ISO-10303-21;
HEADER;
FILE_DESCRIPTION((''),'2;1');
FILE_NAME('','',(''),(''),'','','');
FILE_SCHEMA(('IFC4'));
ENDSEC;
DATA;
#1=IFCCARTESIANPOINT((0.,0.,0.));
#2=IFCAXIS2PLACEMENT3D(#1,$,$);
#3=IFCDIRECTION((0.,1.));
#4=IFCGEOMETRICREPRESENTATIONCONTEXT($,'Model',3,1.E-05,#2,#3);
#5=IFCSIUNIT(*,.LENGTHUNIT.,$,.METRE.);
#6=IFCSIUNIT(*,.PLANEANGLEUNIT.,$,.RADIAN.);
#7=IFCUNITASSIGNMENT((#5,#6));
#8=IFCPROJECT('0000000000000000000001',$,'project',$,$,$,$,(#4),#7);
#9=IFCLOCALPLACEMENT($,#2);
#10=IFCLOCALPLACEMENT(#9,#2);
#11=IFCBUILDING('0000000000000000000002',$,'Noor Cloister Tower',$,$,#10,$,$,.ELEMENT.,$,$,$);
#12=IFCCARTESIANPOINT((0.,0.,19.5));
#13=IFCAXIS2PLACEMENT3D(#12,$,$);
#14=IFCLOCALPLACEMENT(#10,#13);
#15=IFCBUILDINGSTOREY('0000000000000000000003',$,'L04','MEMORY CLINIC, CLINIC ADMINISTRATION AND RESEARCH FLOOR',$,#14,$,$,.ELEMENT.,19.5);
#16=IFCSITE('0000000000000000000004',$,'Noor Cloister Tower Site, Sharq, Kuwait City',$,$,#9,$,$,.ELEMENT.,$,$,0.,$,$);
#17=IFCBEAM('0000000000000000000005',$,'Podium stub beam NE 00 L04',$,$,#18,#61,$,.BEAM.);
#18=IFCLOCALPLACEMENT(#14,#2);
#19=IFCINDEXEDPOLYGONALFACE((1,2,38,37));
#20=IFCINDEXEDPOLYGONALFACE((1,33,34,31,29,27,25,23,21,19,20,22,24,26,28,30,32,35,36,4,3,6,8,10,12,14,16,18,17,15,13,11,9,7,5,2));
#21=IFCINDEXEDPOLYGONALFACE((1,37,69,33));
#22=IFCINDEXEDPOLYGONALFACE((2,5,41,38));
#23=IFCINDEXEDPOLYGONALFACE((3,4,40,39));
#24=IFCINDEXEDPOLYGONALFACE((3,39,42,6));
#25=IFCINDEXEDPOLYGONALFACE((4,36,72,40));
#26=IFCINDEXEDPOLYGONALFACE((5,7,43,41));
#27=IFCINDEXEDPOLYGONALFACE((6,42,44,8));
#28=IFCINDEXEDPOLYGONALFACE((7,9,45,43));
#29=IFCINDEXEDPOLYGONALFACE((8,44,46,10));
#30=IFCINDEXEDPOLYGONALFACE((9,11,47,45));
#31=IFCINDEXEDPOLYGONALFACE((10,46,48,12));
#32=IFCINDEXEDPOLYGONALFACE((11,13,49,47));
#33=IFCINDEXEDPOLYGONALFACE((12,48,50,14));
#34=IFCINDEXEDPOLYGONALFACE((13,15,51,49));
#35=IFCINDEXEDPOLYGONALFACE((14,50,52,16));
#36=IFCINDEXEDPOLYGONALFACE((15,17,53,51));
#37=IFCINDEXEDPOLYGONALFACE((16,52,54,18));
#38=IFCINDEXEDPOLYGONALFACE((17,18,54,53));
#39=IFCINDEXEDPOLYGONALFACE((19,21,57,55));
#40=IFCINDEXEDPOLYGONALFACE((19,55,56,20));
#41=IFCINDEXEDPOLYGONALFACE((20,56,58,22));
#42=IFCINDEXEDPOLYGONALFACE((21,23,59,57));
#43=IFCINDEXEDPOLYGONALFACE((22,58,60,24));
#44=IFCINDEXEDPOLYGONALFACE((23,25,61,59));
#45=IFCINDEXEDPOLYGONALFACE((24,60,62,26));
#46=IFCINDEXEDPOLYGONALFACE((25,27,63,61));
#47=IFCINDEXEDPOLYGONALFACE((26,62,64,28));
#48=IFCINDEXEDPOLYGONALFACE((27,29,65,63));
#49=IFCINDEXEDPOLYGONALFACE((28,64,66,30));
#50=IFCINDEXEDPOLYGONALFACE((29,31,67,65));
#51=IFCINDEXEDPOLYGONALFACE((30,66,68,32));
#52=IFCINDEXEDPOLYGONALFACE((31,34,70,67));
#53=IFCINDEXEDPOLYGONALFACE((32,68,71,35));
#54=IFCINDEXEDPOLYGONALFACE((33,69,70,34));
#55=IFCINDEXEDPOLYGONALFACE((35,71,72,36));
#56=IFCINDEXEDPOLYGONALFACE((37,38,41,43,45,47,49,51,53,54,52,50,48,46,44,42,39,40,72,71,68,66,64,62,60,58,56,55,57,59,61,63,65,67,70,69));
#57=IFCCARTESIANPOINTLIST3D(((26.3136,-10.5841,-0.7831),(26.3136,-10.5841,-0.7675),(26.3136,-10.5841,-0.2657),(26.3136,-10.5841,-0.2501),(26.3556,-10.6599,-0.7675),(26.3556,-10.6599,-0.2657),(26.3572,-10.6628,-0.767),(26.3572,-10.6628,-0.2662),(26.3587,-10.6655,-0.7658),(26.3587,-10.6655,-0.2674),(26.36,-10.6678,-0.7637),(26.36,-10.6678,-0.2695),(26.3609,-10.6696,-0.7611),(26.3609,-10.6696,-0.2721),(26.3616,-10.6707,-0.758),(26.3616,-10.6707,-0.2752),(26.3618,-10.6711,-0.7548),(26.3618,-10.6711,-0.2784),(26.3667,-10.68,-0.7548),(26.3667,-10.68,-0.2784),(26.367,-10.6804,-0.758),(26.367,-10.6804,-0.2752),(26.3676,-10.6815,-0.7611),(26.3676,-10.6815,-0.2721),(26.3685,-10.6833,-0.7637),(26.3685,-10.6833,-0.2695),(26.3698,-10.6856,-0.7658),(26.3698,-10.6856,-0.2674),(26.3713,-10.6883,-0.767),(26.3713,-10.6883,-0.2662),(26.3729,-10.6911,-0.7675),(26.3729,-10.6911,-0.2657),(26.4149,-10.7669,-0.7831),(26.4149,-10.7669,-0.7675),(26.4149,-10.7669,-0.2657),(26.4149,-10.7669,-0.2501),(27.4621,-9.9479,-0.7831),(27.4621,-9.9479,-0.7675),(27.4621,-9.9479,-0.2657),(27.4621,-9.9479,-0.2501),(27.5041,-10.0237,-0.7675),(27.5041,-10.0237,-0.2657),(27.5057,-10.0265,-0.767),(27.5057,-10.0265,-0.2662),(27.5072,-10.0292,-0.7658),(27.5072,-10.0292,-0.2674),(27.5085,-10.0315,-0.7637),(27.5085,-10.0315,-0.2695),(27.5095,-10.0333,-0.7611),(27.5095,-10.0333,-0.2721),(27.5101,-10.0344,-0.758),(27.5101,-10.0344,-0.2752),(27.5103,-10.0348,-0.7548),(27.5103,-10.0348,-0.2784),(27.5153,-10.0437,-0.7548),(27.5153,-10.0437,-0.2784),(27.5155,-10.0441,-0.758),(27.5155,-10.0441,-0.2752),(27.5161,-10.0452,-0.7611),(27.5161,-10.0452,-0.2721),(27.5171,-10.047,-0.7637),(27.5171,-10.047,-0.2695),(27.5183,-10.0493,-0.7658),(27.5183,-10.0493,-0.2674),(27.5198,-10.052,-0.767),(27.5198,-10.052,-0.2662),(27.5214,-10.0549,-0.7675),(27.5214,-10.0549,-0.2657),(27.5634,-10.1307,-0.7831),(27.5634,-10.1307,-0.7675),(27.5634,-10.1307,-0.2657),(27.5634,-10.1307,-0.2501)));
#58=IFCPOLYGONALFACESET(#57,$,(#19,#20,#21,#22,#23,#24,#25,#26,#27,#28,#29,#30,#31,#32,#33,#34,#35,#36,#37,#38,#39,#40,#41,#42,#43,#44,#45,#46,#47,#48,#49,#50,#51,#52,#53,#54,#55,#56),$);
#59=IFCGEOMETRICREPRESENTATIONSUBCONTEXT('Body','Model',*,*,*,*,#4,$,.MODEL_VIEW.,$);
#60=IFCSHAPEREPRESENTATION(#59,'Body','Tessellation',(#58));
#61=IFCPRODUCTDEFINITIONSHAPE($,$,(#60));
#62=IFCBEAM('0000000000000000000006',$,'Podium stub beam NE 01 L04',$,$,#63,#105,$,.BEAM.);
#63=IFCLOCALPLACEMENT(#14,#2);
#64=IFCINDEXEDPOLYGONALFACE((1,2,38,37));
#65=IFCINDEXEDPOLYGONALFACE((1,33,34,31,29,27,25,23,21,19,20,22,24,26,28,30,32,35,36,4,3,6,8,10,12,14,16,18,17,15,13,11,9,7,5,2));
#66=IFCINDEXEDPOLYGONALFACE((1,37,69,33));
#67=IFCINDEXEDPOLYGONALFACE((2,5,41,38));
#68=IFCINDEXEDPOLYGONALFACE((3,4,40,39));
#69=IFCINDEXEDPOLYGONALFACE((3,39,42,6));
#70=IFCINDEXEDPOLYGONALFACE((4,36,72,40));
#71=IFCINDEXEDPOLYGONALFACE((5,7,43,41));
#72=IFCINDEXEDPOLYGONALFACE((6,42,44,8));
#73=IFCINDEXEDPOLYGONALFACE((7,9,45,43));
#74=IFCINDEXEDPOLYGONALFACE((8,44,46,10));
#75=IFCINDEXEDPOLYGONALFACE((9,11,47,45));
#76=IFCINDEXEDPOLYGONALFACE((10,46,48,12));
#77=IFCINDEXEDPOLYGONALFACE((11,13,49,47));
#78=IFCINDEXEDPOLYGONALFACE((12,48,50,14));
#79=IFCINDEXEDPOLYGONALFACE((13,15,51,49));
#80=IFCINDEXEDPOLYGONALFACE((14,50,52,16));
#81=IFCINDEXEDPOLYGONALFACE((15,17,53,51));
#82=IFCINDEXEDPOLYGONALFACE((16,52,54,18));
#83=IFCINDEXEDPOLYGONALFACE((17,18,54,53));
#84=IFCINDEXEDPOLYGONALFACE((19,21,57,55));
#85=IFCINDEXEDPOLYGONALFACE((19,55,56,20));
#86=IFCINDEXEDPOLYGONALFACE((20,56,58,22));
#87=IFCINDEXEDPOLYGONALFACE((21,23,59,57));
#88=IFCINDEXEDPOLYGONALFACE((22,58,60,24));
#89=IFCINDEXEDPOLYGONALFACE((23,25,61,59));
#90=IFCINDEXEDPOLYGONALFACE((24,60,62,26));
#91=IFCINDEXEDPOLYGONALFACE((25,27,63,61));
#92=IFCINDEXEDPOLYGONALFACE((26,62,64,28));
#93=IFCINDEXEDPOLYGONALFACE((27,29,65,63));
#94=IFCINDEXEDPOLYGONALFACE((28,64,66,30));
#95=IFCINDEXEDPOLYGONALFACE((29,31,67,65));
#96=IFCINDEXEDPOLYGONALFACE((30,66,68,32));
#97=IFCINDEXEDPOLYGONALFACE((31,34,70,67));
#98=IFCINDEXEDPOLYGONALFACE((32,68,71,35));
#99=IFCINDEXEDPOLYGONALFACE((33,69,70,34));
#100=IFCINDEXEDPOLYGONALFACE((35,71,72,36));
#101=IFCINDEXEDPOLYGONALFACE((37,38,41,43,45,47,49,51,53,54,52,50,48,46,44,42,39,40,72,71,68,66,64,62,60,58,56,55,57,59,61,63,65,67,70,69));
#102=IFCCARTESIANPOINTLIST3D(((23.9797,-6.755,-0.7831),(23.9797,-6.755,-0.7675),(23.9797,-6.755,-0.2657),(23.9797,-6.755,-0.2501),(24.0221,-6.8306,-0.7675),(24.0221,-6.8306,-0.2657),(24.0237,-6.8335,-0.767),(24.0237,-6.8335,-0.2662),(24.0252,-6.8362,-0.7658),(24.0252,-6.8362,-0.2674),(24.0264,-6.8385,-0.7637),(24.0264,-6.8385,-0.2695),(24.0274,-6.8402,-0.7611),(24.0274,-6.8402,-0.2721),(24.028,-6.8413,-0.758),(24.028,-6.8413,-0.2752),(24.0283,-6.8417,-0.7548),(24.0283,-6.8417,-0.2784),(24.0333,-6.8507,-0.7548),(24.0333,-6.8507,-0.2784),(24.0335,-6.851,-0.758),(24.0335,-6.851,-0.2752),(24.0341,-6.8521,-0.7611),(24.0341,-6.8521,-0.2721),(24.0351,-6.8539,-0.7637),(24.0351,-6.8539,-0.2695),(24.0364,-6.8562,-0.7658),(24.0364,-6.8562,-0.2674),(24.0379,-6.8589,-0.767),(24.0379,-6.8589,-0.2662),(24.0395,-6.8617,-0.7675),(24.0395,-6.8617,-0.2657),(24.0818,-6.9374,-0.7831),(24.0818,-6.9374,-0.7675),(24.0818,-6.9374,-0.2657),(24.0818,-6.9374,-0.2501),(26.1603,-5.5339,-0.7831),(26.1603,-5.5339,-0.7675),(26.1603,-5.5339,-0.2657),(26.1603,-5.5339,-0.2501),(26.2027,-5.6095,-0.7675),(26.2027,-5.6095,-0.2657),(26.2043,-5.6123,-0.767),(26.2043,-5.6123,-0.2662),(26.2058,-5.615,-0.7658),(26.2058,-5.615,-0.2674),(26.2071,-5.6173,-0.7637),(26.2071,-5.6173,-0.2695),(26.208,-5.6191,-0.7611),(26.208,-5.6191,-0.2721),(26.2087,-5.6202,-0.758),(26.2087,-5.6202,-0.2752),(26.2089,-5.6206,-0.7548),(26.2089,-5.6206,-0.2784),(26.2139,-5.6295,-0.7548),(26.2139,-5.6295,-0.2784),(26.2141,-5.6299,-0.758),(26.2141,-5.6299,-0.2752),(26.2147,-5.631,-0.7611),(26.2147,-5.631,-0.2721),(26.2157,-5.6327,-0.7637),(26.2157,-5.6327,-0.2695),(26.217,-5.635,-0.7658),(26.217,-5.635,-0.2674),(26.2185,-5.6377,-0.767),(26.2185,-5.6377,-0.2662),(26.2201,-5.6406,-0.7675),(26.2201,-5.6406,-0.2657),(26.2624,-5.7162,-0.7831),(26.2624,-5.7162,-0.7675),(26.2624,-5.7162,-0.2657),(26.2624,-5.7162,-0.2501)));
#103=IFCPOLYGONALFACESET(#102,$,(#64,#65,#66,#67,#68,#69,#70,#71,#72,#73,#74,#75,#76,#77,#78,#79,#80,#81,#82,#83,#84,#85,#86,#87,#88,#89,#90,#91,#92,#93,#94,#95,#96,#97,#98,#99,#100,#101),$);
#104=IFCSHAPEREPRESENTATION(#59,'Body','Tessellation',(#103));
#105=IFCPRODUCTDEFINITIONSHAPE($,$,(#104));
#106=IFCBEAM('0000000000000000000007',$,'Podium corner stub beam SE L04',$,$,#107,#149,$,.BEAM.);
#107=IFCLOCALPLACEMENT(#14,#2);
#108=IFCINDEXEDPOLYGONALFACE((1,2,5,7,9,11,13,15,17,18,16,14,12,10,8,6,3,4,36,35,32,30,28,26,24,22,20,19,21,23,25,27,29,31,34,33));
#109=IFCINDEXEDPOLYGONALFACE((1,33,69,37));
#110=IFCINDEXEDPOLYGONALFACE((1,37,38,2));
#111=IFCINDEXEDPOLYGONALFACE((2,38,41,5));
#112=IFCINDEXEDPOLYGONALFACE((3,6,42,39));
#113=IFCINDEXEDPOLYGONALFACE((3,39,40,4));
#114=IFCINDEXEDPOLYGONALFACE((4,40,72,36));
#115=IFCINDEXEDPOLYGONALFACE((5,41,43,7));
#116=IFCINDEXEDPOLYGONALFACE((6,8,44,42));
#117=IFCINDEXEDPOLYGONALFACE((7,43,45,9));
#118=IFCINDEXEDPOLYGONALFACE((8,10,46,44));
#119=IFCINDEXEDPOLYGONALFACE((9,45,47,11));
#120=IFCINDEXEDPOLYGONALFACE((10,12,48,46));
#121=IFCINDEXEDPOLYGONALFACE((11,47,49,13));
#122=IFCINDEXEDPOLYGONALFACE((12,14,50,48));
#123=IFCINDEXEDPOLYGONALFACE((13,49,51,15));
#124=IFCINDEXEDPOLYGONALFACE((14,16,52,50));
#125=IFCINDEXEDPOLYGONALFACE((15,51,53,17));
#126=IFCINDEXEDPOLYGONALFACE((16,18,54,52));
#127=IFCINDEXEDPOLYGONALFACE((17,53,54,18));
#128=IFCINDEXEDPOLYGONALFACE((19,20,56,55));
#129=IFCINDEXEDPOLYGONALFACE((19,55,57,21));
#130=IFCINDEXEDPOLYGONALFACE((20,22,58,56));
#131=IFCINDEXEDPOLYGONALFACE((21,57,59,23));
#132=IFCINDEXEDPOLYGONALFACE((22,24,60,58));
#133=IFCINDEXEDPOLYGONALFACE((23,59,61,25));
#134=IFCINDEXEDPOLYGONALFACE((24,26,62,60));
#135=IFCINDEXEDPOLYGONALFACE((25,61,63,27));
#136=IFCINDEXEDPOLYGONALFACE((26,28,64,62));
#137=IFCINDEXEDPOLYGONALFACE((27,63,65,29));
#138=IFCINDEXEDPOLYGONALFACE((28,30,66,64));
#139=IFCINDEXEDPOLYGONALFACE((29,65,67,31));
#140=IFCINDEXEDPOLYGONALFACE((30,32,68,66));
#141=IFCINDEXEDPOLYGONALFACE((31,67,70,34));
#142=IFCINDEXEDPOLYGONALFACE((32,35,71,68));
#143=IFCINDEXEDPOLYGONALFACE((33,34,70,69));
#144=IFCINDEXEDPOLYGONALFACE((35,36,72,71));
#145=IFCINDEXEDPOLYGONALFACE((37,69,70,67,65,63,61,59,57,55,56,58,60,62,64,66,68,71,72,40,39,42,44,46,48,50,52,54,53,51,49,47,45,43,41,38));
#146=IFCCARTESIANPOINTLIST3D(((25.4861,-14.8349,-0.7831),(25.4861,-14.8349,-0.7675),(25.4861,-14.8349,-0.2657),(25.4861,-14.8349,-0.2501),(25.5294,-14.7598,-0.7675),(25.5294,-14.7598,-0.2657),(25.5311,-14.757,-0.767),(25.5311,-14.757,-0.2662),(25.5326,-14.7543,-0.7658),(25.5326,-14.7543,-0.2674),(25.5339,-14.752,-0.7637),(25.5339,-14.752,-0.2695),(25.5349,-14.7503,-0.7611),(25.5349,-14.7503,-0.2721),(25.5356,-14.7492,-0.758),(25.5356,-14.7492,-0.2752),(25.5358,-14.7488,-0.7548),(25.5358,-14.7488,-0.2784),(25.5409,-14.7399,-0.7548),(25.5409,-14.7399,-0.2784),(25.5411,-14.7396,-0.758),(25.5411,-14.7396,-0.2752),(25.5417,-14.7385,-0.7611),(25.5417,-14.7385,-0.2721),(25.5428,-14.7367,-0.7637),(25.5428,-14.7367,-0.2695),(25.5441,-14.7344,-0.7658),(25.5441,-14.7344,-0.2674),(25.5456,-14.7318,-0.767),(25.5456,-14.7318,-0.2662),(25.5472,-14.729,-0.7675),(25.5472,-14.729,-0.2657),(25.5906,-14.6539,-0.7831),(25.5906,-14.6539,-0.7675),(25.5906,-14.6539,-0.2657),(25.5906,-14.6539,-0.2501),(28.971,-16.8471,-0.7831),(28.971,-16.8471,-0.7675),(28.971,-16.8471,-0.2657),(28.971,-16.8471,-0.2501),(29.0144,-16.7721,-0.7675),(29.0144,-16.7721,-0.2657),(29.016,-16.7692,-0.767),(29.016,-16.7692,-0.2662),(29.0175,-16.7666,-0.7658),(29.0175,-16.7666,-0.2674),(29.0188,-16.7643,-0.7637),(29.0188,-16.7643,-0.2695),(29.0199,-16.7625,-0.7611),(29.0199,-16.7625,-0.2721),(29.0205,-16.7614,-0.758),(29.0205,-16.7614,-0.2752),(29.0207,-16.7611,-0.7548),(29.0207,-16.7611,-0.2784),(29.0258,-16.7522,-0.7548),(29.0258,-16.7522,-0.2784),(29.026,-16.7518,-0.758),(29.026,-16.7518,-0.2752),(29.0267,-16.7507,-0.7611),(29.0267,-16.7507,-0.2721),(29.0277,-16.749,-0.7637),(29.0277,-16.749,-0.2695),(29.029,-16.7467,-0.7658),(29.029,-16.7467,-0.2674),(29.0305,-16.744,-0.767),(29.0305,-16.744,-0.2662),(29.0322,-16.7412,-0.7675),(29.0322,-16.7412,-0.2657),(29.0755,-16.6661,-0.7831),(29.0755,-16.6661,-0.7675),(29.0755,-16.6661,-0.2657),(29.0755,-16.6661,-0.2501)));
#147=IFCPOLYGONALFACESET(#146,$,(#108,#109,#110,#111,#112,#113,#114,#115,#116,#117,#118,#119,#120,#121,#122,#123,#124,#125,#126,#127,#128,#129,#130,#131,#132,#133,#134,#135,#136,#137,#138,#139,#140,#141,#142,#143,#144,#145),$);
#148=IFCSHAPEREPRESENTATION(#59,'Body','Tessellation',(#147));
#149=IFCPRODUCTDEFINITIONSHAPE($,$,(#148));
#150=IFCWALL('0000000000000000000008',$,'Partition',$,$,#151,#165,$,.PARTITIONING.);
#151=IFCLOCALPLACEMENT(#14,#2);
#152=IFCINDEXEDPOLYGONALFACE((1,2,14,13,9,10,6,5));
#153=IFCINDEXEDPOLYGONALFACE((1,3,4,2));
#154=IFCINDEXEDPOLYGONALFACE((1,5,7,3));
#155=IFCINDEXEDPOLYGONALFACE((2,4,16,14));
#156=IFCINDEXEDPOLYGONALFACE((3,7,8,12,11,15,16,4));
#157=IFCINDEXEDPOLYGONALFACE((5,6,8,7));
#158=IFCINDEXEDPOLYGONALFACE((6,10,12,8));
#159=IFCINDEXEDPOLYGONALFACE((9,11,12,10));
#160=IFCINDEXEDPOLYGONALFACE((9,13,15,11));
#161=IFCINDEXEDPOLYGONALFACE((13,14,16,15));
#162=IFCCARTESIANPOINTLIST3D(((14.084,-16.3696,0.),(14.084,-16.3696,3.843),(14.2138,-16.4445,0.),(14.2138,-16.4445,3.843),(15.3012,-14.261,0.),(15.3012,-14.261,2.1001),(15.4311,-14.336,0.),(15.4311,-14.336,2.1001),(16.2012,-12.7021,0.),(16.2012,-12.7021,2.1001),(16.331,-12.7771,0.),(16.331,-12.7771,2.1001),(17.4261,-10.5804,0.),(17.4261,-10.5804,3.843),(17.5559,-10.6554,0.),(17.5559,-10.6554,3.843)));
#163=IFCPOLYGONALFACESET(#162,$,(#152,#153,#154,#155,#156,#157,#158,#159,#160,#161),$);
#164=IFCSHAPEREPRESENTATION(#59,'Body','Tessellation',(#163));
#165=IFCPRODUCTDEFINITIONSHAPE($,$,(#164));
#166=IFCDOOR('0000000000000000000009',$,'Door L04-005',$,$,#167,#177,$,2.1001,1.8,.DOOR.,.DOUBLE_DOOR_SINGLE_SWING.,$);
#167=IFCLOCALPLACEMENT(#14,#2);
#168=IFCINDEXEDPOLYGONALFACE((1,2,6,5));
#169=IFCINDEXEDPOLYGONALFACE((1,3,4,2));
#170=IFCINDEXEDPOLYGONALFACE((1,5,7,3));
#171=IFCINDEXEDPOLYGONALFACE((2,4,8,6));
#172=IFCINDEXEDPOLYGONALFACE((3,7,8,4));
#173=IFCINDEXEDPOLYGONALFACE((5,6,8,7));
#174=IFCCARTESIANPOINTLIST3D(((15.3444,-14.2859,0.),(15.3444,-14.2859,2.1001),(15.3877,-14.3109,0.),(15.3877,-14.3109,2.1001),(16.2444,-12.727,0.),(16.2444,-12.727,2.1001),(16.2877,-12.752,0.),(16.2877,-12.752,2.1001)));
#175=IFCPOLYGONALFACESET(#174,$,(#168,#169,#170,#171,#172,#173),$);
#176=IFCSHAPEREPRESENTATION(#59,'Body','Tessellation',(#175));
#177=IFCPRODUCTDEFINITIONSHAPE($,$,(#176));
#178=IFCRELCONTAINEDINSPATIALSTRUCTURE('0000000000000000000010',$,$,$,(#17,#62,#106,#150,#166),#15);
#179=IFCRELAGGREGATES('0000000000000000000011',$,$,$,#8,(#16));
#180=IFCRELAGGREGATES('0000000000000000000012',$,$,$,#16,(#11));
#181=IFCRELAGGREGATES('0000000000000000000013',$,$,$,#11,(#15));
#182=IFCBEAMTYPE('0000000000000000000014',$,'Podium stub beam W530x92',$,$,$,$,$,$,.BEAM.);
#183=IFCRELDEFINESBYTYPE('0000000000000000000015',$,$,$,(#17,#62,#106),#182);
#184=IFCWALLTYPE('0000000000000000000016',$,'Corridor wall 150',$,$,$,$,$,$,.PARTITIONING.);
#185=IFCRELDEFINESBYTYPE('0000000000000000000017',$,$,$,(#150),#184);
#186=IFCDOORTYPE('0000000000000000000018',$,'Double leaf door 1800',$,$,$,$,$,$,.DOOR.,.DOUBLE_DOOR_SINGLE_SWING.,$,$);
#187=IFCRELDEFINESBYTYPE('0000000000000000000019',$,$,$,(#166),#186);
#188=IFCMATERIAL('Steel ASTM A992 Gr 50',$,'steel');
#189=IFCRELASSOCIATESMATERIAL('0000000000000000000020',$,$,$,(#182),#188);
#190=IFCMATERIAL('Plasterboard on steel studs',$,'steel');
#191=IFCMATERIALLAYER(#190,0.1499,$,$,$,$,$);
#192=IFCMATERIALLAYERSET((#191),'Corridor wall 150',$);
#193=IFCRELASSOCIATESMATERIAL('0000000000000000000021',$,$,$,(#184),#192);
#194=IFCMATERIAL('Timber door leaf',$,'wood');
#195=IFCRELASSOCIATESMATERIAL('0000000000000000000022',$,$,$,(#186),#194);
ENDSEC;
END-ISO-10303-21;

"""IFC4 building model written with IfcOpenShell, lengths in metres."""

from ifc_helpers import new_model, si_unit, direction, frame, frame_2d, origin, origin_2d, place, context, subcontext, project, spatial, rectangle, i_section, extrude, material, layer, layer_set, material_profile, profile_set, type_object, element, fill, save


model = new_model("IFC4")

# Units and contexts
model_context = context("Model", 3, precision=1e-05, world=origin(), true_north=direction((0.0, 1.0)))
body_context = subcontext(model_context, "Body", "Model", "MODEL_VIEW")
ifc_project = project(units=[si_unit("LENGTHUNIT", "METRE"), si_unit("PLANEANGLEUNIT", "RADIAN")], contexts=[model_context])

# Site, building, storey
site_placement = place(None, origin())
site = spatial("IfcSite", under=ifc_project, at=site_placement, Name="Noor Cloister Tower Site, Sharq, Kuwait City", CompositionType="ELEMENT", RefElevation=0.0)
building_placement = place(site_placement, origin())
building = spatial("IfcBuilding", under=site, at=building_placement, Name="Noor Cloister Tower", CompositionType="ELEMENT")
storey_placement = place(building_placement, frame((0.0, 0.0, 19.5)))
storey = spatial("IfcBuildingStorey", under=building, at=storey_placement, Name="L04", Description="MEMORY CLINIC, CLINIC ADMINISTRATION AND RESEARCH FLOOR", CompositionType="ELEMENT", Elevation=19.5)

# Beams
ifc_material_1 = material(Name="Steel ASTM A992 Gr 50", Category="steel")
ifc_material_profile_1 = material_profile(ifc_material_1, i_section(OverallWidth=0.209, OverallDepth=0.533, WebThickness=0.0103, FlangeThickness=0.0156, FilletRadius=0.0127, at=origin_2d()), Name="W530x92")
ifc_profile_set_1 = profile_set([ifc_material_profile_1], Name="Steel ASTM A992 Gr 50")
beam_type_1 = type_object("IfcBeamType", Name="Podium stub beam W530x92", PredefinedType="BEAM", material=ifc_profile_set_1)
beam_1_placement = place(storey_placement, frame((26.3643, -10.6755, -0.5166), z_axis=(0.874736, 0.484601, 0.0), x_axis=(-0.484601, 0.874736, 0.0)))
element("IfcBeam", 1, at=beam_1_placement, inside=storey, type_object=beam_type_1, Name="Podium stub beam NE 00 L04", PredefinedType="BEAM", context=body_context, shape_type="SweptSolid", body=[
    extrude(i_section(OverallWidth=0.209, OverallDepth=0.533, WebThickness=0.0103, FlangeThickness=0.0156, FilletRadius=0.0127, at=origin_2d()), origin(), (0.0, 0.0, 1.0), 1.313),
])
beam_2_placement = place(storey_placement, frame((24.0308, -6.8462, -0.5166), z_axis=(0.872503, 0.488609, 0.0), x_axis=(-0.488609, 0.872503, 0.0)))
element("IfcBeam", 2, at=beam_2_placement, inside=storey, type_object=beam_type_1, Name="Podium stub beam NE 01 L04", PredefinedType="BEAM", context=body_context, shape_type="SweptSolid", body=[
    extrude(i_section(OverallWidth=0.209, OverallDepth=0.533, WebThickness=0.0103, FlangeThickness=0.0156, FilletRadius=0.0127, at=origin_2d()), origin(), (0.0, 0.0, 1.0), 2.4993),
])
beam_3_placement = place(storey_placement, frame((25.5383, -14.7444, -0.5166), z_axis=(0.866002, -0.500041, 0.0), x_axis=(0.500041, 0.866002, 0.0)))
element("IfcBeam", 3, at=beam_3_placement, inside=storey, type_object=beam_type_1, Name="Podium corner stub beam SE L04", PredefinedType="BEAM", context=body_context, shape_type="SweptSolid", body=[
    extrude(i_section(OverallWidth=0.209, OverallDepth=0.533, WebThickness=0.0103, FlangeThickness=0.0156, FilletRadius=0.0127, at=origin_2d()), origin(), (0.0, 0.0, 1.0), 4.0242),
])

# Wall, opening, door
ifc_material_2 = material(Name="Plasterboard on steel studs", Category="steel")
ifc_layer_1 = layer(ifc_material_2, 0.1499)
ifc_layer_set_1 = layer_set([ifc_layer_1], Name="Corridor wall 150")
wall_type_1 = type_object("IfcWallType", Name="Corridor wall 150", PredefinedType="PARTITIONING", material=ifc_layer_set_1)
wall_1_placement = place(storey_placement, frame((17.491, -10.6179, 0.0), z_axis=(0.0, 0.0, 1.0), x_axis=(-0.499969, -0.866043, 0.0)))
wall_1 = element("IfcWall", 4, at=wall_1_placement, inside=storey, type_object=wall_type_1, Name="Partition", PredefinedType="PARTITIONING", context=body_context, shape_type="SweptSolid", body=[
    extrude(rectangle(XDim=6.6846, YDim=0.1499, at=frame_2d((3.3423, 0.0))), origin(), (0.0, 0.0, 1.0), 3.843),
])
opening_1_placement = place(wall_1_placement, frame((2.45, 0.0, 0.0)))
opening_1 = element("IfcOpeningElement", 5, at=opening_1_placement, cuts=wall_1, PredefinedType="OPENING", context=body_context, shape_type="SweptSolid", body=[
    extrude(rectangle(XDim=1.8, YDim=2.1001, at=frame_2d((0.8999, 1.05))), frame((0.0, 0.085, 0.0), z_axis=(0.0, -1.0, 0.0), x_axis=(1.0, 0.0, 0.0)), (0.0, 0.0, 1.0), 0.1699),
])
ifc_material_3 = material(Name="Timber door leaf", Category="wood")
door_type_1 = type_object("IfcDoorType", Name="Double leaf door 1800", OperationType="DOUBLE_DOOR_SINGLE_SWING", PredefinedType="DOOR", material=ifc_material_3)
door_1_placement = place(opening_1_placement, origin())
door_1 = element("IfcDoor", 6, at=door_1_placement, inside=storey, type_object=door_type_1, Name="Door L04-005", OperationType="DOUBLE_DOOR_SINGLE_SWING", OverallHeight=2.1001, OverallWidth=1.8, PredefinedType="DOOR", context=body_context, shape_type="SweptSolid", body=[
    extrude(rectangle(XDim=1.8, YDim=2.1001, at=frame_2d((0.8999, 1.05))), frame((0.0, 0.0249, 0.0), z_axis=(0.0, -1.0, 0.0), x_axis=(1.0, 0.0, 0.0)), (0.0, 0.0, 1.0), 0.05),
])
fill(opening_1, door_1)

save(model, "model.ifc")
